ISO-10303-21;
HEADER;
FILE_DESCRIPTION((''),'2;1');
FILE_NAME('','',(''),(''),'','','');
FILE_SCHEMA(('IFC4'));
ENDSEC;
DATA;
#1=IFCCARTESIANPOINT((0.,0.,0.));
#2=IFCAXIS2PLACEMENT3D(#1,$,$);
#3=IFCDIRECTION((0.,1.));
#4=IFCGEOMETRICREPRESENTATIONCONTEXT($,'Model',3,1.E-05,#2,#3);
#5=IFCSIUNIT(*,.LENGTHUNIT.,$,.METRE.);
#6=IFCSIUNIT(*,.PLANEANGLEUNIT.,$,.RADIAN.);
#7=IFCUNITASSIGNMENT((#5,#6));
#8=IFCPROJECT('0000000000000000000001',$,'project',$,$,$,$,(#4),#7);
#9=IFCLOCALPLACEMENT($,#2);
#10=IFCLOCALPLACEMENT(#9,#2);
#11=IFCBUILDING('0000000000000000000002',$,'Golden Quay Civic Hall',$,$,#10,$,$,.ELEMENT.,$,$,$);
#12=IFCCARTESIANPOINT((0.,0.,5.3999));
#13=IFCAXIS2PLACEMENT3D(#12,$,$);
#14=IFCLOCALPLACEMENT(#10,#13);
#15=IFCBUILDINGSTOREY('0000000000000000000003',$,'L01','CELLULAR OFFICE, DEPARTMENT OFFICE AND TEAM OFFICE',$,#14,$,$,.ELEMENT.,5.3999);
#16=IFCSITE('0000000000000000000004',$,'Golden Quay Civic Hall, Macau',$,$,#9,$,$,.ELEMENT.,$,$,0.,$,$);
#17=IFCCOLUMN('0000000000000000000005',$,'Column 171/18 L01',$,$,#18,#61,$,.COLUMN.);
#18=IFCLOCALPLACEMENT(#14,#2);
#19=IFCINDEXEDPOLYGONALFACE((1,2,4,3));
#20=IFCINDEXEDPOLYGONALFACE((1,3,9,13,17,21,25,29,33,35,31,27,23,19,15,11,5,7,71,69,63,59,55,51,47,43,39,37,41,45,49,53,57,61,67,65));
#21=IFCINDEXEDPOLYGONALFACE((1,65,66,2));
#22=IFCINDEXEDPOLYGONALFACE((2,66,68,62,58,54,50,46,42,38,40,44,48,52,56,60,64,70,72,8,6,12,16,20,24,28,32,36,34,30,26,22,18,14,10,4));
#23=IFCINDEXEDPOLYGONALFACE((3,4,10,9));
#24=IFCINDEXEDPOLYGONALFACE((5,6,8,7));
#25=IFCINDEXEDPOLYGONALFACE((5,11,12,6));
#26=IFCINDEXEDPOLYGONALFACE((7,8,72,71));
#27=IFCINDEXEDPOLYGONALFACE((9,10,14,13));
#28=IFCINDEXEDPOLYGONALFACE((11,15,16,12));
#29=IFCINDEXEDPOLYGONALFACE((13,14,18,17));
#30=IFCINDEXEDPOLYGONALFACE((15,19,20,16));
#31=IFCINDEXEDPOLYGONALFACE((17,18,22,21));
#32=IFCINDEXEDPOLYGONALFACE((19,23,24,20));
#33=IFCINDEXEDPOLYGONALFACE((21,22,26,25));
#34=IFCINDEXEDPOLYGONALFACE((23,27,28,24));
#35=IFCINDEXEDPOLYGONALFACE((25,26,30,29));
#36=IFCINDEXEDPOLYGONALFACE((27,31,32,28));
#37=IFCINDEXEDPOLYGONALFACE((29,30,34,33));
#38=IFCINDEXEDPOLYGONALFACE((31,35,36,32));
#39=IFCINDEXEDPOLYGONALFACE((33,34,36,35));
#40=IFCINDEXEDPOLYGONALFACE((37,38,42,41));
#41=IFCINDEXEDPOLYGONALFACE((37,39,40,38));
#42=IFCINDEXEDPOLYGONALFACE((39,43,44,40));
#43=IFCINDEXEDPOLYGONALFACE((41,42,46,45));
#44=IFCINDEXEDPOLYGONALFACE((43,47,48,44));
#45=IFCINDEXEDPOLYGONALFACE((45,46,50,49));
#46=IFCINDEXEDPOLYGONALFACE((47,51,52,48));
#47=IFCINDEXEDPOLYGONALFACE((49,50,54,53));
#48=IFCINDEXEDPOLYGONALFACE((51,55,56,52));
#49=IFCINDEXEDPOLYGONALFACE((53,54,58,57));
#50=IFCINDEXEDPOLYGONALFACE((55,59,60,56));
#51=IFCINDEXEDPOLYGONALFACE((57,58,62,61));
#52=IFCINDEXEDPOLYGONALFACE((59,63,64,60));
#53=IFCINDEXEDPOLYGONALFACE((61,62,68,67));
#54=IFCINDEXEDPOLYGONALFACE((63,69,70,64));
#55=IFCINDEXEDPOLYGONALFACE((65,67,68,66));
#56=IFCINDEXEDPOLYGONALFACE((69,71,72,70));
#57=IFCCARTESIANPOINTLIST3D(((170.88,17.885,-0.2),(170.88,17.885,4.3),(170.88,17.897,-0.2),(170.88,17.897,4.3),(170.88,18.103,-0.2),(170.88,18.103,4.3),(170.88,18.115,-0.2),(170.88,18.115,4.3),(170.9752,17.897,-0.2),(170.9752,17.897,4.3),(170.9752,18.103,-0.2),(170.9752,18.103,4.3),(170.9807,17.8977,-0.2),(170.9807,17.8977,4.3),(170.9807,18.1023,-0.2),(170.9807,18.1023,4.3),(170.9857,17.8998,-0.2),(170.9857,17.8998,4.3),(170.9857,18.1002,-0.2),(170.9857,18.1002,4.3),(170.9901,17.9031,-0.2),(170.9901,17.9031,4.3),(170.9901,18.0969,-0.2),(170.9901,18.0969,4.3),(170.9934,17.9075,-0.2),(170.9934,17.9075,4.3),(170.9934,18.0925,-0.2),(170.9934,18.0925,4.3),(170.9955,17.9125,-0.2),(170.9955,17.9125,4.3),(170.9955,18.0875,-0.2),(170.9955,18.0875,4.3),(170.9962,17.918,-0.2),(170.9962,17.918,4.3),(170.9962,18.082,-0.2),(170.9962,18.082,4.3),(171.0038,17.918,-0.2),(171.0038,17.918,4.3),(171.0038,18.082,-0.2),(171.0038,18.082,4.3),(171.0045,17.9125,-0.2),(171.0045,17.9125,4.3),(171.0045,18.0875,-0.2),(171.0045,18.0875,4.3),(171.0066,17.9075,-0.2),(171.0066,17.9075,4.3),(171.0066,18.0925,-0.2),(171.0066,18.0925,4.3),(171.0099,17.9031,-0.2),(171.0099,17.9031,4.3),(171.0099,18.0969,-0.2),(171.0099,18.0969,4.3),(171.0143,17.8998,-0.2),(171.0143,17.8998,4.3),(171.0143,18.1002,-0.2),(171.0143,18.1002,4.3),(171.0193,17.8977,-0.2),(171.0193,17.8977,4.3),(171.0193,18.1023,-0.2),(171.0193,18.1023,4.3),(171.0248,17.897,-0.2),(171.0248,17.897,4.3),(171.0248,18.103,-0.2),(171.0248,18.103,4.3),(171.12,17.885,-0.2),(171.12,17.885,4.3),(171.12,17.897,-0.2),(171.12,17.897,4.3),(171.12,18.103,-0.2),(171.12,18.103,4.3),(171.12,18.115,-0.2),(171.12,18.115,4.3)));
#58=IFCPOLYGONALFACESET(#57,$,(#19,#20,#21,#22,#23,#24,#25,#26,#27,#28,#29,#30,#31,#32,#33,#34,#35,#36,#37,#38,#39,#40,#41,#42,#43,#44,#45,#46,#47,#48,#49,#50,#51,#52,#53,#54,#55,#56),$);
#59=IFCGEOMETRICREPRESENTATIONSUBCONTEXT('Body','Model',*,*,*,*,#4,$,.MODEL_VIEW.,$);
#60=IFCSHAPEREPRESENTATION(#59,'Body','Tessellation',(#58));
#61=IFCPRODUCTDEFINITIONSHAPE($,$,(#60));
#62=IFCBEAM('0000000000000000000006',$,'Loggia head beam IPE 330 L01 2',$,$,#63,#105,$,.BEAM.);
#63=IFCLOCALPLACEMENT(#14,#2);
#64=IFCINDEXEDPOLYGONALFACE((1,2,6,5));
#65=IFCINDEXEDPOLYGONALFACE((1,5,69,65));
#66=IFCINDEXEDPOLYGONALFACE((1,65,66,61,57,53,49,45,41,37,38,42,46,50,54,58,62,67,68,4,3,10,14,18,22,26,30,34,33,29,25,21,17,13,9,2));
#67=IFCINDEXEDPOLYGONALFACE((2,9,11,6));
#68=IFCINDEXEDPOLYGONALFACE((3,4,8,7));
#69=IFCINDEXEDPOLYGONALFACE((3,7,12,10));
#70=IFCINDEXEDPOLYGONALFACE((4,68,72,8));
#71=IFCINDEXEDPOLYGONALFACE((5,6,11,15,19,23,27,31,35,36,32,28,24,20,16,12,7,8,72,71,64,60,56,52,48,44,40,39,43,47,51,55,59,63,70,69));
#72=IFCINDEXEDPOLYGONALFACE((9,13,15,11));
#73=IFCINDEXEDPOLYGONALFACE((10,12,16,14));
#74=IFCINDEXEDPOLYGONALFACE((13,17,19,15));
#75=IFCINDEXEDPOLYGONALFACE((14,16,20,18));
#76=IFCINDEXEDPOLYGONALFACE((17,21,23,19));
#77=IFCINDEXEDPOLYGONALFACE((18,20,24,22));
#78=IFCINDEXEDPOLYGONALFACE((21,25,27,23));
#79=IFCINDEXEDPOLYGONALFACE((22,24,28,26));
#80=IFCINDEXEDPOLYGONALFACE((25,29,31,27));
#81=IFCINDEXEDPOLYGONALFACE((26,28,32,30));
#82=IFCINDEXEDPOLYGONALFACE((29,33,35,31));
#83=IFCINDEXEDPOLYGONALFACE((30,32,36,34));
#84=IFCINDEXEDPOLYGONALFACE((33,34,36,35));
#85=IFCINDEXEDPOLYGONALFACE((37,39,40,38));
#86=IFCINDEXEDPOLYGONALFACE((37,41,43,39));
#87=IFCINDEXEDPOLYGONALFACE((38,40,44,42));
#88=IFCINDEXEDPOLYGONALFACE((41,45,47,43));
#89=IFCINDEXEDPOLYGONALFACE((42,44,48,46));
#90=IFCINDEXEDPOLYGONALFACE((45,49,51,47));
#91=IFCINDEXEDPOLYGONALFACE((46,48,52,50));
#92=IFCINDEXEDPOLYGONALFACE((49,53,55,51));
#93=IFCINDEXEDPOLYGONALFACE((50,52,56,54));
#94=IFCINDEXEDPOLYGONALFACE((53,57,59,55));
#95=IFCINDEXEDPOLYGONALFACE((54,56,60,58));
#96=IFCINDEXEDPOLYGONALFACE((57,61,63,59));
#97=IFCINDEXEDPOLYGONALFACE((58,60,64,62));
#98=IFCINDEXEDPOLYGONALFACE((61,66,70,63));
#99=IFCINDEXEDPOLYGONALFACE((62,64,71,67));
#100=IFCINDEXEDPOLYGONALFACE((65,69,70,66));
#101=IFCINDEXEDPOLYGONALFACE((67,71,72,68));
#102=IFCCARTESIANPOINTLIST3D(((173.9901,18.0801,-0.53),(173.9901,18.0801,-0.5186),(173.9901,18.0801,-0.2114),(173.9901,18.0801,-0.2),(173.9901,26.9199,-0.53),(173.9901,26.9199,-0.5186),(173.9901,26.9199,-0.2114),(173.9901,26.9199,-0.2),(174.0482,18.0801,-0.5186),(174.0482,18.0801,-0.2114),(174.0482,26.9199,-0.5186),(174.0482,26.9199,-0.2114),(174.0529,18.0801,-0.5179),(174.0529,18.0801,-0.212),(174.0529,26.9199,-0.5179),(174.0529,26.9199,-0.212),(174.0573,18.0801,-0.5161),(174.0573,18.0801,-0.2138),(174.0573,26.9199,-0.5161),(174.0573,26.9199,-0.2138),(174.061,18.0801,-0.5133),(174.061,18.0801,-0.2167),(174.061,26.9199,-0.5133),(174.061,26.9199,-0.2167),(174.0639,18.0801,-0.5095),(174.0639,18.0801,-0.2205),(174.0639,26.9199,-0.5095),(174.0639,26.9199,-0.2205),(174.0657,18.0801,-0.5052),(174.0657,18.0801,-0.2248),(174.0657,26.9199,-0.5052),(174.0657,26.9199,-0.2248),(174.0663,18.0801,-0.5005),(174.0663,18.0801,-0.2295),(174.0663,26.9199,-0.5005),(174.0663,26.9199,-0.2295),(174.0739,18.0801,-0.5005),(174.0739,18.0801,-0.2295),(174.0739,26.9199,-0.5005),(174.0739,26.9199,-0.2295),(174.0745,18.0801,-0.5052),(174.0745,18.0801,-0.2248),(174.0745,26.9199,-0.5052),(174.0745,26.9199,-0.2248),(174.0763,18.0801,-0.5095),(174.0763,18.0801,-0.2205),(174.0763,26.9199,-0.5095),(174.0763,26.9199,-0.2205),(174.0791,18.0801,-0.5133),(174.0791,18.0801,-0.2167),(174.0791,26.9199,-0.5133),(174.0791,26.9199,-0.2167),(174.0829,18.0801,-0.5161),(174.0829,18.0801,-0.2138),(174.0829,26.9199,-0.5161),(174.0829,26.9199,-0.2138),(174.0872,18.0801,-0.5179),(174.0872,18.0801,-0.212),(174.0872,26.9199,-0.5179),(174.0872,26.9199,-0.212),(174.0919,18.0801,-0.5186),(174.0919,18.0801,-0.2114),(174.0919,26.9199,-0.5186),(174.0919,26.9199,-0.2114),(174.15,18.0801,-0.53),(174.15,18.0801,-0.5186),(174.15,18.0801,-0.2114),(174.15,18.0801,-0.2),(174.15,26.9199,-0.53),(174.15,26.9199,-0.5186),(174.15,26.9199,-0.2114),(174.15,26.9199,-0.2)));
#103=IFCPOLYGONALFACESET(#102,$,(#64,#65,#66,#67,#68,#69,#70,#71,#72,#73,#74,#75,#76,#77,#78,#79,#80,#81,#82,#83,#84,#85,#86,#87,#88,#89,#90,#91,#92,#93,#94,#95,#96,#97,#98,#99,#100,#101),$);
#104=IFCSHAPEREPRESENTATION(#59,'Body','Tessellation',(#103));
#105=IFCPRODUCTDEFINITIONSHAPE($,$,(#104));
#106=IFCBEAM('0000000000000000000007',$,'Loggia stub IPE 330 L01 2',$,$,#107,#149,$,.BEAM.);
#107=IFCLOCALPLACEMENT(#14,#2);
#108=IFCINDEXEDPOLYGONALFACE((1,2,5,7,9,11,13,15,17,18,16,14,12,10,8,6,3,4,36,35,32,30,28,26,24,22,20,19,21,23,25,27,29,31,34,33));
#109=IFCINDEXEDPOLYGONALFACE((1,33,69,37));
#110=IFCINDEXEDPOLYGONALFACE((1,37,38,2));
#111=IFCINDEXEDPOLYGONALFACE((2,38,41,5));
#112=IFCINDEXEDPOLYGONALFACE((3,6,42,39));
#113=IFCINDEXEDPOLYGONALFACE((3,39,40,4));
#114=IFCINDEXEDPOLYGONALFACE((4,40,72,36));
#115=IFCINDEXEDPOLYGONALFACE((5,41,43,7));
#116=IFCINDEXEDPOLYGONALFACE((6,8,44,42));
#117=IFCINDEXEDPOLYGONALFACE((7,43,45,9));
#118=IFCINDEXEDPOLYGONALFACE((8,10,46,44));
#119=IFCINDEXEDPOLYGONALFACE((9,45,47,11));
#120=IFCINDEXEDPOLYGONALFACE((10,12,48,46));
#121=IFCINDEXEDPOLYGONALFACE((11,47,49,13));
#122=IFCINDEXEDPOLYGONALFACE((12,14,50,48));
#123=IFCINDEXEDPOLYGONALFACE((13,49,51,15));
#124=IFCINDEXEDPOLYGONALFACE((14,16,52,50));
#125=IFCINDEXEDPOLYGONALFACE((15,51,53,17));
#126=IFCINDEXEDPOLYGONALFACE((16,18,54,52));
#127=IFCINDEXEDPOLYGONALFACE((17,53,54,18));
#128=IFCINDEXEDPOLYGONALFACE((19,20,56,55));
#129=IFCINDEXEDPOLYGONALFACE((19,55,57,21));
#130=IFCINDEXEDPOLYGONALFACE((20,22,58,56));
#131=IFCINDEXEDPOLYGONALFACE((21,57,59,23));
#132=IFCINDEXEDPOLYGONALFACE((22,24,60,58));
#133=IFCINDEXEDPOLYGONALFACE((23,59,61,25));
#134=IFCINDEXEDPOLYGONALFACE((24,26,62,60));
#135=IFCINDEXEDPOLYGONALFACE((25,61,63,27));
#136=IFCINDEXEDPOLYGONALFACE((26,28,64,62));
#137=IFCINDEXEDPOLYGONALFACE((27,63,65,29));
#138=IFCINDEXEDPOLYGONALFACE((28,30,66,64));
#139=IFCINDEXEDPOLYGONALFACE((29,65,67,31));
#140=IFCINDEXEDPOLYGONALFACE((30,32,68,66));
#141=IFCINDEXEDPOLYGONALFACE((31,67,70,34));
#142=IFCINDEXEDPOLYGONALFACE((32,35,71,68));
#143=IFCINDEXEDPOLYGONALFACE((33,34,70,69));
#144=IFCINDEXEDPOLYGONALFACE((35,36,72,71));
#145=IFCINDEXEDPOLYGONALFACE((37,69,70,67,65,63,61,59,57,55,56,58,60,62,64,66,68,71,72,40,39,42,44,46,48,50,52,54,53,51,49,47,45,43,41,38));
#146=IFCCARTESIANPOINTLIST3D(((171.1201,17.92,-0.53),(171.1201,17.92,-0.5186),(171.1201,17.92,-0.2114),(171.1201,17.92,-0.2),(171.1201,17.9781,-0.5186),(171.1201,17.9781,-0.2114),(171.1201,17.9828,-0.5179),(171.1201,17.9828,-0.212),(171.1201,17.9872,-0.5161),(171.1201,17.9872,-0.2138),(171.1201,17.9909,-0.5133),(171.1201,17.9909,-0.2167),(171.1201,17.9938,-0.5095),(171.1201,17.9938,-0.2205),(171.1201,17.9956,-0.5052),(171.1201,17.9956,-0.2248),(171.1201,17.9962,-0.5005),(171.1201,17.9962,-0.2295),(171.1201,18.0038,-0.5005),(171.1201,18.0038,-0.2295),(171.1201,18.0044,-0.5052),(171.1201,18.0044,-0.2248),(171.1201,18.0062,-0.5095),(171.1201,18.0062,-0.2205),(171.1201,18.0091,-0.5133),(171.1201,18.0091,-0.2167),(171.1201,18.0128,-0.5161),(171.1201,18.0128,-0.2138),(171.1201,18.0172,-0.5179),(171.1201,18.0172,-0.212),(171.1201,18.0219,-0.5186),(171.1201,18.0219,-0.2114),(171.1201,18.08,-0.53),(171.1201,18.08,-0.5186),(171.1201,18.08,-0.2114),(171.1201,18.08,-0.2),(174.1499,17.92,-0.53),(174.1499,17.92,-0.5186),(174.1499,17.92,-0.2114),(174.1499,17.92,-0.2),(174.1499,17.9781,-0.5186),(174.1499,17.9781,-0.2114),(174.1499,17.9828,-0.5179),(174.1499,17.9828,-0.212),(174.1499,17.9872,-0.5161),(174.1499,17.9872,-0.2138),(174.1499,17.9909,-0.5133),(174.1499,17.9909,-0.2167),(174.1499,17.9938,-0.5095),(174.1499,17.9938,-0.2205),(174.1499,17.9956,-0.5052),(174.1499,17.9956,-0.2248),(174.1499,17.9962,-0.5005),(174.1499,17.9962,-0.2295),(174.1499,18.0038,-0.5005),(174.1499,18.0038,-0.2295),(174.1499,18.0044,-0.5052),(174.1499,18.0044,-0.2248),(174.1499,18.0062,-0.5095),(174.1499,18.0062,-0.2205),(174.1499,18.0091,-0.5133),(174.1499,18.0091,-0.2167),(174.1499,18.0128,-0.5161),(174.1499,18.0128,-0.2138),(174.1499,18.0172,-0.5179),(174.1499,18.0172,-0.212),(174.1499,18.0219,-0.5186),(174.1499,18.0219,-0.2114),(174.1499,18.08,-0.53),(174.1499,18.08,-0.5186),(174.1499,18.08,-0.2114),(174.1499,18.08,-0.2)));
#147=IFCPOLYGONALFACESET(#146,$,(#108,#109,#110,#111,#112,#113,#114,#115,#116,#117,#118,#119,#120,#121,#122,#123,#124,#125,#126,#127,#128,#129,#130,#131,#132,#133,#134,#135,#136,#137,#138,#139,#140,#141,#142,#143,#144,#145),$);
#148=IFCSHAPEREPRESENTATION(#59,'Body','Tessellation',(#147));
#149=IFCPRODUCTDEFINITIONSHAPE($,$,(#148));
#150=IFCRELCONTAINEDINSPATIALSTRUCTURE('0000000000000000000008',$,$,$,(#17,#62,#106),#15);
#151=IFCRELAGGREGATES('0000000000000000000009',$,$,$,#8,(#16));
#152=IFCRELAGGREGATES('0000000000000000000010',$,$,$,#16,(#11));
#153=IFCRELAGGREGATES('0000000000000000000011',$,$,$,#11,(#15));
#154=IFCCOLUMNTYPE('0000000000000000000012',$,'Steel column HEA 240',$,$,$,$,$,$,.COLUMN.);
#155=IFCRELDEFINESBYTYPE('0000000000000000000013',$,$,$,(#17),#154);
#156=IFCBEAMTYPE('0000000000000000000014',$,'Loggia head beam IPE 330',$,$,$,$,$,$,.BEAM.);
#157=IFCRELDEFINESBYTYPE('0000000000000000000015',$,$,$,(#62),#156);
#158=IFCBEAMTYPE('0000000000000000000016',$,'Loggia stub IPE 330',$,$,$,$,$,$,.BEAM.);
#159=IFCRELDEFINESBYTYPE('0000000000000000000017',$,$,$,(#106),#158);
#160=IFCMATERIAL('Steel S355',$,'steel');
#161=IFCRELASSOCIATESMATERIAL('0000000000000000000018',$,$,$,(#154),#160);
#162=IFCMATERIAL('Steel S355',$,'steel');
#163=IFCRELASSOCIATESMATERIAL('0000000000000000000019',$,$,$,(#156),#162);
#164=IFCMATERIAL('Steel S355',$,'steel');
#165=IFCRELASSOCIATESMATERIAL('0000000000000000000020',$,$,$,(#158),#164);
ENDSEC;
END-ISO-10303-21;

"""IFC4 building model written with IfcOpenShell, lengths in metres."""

from ifc_helpers import new_model, si_unit, direction, frame, origin, origin_2d, place, context, subcontext, project, spatial, i_section, extrude, material, material_profile, profile_set, type_object, element, save


model = new_model("IFC4")

# Units and contexts
model_context = context("Model", 3, precision=1e-05, world=origin(), true_north=direction((0.0, 1.0)))
body_context = subcontext(model_context, "Body", "Model", "MODEL_VIEW")
ifc_project = project(units=[si_unit("LENGTHUNIT", "METRE"), si_unit("PLANEANGLEUNIT", "RADIAN")], contexts=[model_context])

# Site, building, storey
site_placement = place(None, origin())
site = spatial("IfcSite", under=ifc_project, at=site_placement, Name="Golden Quay Civic Hall, Macau", CompositionType="ELEMENT", RefElevation=0.0)
building_placement = place(site_placement, origin())
building = spatial("IfcBuilding", under=site, at=building_placement, Name="Golden Quay Civic Hall", CompositionType="ELEMENT")
storey_placement = place(building_placement, frame((0.0, 0.0, 5.3999)))
storey = spatial("IfcBuildingStorey", under=building, at=storey_placement, Name="L01", Description="CELLULAR OFFICE, DEPARTMENT OFFICE AND TEAM OFFICE", CompositionType="ELEMENT", Elevation=5.3999)

# Column
ifc_material_1 = material(Name="Steel S355", Category="steel")
ifc_material_profile_1 = material_profile(ifc_material_1, i_section(OverallWidth=0.24, OverallDepth=0.23, WebThickness=0.0076, FlangeThickness=0.012, FilletRadius=0.021, at=origin_2d()), Name="HEA 240")
ifc_profile_set_1 = profile_set([ifc_material_profile_1], Name="Steel S355")
column_type = type_object("IfcColumnType", Name="Steel column HEA 240", PredefinedType="COLUMN", material=ifc_profile_set_1)
column_placement = place(storey_placement, frame((171.0, 18.0, -0.2), z_axis=(0.0, 0.0, 1.0), x_axis=(1.0, 0.0, 0.0)))
element("IfcColumn", 1, at=column_placement, inside=storey, type_object=column_type, Name="Column 171/18 L01", PredefinedType="COLUMN", context=body_context, shape_type="SweptSolid", body=[
    extrude(i_section(OverallWidth=0.24, OverallDepth=0.23, WebThickness=0.0076, FlangeThickness=0.012, FilletRadius=0.021, at=origin_2d()), origin(), (0.0, 0.0, 1.0), 4.5),
])

# Beams
ifc_material_2 = material(Name="Steel S355", Category="steel")
ifc_material_profile_2 = material_profile(ifc_material_2, i_section(OverallWidth=0.1599, OverallDepth=0.3301, WebThickness=0.0076, FlangeThickness=0.0115, FilletRadius=0.0181, at=origin_2d()), Name="IPE 330")
ifc_profile_set_2 = profile_set([ifc_material_profile_2], Name="Steel S355")
beam_type_1 = type_object("IfcBeamType", Name="Loggia head beam IPE 330", PredefinedType="BEAM", material=ifc_profile_set_2)
beam_1_placement = place(storey_placement, frame((174.0701, 18.0801, -0.365), z_axis=(0.0, 1.0, 0.0), x_axis=(-1.0, 0.0, 0.0)))
element("IfcBeam", 2, at=beam_1_placement, inside=storey, type_object=beam_type_1, Name="Loggia head beam IPE 330 L01 2", PredefinedType="BEAM", context=body_context, shape_type="SweptSolid", body=[
    extrude(i_section(OverallWidth=0.1599, OverallDepth=0.3301, WebThickness=0.0076, FlangeThickness=0.0115, FilletRadius=0.0181, at=origin_2d()), origin(), (0.0, 0.0, 1.0), 8.8398),
])
ifc_material_3 = material(Name="Steel S355", Category="steel")
ifc_material_profile_3 = material_profile(ifc_material_3, i_section(OverallWidth=0.1599, OverallDepth=0.3301, WebThickness=0.0076, FlangeThickness=0.0115, FilletRadius=0.0181, at=origin_2d()), Name="IPE 330")
ifc_profile_set_3 = profile_set([ifc_material_profile_3], Name="Steel S355")
beam_type_2 = type_object("IfcBeamType", Name="Loggia stub IPE 330", PredefinedType="BEAM", material=ifc_profile_set_3)
beam_2_placement = place(storey_placement, frame((171.1201, 18.0, -0.365), z_axis=(1.0, 0.0, 0.0), x_axis=(0.0, 1.0, 0.0)))
element("IfcBeam", 3, at=beam_2_placement, inside=storey, type_object=beam_type_2, Name="Loggia stub IPE 330 L01 2", PredefinedType="BEAM", context=body_context, shape_type="SweptSolid", body=[
    extrude(i_section(OverallWidth=0.1599, OverallDepth=0.3301, WebThickness=0.0076, FlangeThickness=0.0115, FilletRadius=0.0181, at=origin_2d()), origin(), (0.0, 0.0, 1.0), 3.0298),
])

save(model, "model.ifc")
